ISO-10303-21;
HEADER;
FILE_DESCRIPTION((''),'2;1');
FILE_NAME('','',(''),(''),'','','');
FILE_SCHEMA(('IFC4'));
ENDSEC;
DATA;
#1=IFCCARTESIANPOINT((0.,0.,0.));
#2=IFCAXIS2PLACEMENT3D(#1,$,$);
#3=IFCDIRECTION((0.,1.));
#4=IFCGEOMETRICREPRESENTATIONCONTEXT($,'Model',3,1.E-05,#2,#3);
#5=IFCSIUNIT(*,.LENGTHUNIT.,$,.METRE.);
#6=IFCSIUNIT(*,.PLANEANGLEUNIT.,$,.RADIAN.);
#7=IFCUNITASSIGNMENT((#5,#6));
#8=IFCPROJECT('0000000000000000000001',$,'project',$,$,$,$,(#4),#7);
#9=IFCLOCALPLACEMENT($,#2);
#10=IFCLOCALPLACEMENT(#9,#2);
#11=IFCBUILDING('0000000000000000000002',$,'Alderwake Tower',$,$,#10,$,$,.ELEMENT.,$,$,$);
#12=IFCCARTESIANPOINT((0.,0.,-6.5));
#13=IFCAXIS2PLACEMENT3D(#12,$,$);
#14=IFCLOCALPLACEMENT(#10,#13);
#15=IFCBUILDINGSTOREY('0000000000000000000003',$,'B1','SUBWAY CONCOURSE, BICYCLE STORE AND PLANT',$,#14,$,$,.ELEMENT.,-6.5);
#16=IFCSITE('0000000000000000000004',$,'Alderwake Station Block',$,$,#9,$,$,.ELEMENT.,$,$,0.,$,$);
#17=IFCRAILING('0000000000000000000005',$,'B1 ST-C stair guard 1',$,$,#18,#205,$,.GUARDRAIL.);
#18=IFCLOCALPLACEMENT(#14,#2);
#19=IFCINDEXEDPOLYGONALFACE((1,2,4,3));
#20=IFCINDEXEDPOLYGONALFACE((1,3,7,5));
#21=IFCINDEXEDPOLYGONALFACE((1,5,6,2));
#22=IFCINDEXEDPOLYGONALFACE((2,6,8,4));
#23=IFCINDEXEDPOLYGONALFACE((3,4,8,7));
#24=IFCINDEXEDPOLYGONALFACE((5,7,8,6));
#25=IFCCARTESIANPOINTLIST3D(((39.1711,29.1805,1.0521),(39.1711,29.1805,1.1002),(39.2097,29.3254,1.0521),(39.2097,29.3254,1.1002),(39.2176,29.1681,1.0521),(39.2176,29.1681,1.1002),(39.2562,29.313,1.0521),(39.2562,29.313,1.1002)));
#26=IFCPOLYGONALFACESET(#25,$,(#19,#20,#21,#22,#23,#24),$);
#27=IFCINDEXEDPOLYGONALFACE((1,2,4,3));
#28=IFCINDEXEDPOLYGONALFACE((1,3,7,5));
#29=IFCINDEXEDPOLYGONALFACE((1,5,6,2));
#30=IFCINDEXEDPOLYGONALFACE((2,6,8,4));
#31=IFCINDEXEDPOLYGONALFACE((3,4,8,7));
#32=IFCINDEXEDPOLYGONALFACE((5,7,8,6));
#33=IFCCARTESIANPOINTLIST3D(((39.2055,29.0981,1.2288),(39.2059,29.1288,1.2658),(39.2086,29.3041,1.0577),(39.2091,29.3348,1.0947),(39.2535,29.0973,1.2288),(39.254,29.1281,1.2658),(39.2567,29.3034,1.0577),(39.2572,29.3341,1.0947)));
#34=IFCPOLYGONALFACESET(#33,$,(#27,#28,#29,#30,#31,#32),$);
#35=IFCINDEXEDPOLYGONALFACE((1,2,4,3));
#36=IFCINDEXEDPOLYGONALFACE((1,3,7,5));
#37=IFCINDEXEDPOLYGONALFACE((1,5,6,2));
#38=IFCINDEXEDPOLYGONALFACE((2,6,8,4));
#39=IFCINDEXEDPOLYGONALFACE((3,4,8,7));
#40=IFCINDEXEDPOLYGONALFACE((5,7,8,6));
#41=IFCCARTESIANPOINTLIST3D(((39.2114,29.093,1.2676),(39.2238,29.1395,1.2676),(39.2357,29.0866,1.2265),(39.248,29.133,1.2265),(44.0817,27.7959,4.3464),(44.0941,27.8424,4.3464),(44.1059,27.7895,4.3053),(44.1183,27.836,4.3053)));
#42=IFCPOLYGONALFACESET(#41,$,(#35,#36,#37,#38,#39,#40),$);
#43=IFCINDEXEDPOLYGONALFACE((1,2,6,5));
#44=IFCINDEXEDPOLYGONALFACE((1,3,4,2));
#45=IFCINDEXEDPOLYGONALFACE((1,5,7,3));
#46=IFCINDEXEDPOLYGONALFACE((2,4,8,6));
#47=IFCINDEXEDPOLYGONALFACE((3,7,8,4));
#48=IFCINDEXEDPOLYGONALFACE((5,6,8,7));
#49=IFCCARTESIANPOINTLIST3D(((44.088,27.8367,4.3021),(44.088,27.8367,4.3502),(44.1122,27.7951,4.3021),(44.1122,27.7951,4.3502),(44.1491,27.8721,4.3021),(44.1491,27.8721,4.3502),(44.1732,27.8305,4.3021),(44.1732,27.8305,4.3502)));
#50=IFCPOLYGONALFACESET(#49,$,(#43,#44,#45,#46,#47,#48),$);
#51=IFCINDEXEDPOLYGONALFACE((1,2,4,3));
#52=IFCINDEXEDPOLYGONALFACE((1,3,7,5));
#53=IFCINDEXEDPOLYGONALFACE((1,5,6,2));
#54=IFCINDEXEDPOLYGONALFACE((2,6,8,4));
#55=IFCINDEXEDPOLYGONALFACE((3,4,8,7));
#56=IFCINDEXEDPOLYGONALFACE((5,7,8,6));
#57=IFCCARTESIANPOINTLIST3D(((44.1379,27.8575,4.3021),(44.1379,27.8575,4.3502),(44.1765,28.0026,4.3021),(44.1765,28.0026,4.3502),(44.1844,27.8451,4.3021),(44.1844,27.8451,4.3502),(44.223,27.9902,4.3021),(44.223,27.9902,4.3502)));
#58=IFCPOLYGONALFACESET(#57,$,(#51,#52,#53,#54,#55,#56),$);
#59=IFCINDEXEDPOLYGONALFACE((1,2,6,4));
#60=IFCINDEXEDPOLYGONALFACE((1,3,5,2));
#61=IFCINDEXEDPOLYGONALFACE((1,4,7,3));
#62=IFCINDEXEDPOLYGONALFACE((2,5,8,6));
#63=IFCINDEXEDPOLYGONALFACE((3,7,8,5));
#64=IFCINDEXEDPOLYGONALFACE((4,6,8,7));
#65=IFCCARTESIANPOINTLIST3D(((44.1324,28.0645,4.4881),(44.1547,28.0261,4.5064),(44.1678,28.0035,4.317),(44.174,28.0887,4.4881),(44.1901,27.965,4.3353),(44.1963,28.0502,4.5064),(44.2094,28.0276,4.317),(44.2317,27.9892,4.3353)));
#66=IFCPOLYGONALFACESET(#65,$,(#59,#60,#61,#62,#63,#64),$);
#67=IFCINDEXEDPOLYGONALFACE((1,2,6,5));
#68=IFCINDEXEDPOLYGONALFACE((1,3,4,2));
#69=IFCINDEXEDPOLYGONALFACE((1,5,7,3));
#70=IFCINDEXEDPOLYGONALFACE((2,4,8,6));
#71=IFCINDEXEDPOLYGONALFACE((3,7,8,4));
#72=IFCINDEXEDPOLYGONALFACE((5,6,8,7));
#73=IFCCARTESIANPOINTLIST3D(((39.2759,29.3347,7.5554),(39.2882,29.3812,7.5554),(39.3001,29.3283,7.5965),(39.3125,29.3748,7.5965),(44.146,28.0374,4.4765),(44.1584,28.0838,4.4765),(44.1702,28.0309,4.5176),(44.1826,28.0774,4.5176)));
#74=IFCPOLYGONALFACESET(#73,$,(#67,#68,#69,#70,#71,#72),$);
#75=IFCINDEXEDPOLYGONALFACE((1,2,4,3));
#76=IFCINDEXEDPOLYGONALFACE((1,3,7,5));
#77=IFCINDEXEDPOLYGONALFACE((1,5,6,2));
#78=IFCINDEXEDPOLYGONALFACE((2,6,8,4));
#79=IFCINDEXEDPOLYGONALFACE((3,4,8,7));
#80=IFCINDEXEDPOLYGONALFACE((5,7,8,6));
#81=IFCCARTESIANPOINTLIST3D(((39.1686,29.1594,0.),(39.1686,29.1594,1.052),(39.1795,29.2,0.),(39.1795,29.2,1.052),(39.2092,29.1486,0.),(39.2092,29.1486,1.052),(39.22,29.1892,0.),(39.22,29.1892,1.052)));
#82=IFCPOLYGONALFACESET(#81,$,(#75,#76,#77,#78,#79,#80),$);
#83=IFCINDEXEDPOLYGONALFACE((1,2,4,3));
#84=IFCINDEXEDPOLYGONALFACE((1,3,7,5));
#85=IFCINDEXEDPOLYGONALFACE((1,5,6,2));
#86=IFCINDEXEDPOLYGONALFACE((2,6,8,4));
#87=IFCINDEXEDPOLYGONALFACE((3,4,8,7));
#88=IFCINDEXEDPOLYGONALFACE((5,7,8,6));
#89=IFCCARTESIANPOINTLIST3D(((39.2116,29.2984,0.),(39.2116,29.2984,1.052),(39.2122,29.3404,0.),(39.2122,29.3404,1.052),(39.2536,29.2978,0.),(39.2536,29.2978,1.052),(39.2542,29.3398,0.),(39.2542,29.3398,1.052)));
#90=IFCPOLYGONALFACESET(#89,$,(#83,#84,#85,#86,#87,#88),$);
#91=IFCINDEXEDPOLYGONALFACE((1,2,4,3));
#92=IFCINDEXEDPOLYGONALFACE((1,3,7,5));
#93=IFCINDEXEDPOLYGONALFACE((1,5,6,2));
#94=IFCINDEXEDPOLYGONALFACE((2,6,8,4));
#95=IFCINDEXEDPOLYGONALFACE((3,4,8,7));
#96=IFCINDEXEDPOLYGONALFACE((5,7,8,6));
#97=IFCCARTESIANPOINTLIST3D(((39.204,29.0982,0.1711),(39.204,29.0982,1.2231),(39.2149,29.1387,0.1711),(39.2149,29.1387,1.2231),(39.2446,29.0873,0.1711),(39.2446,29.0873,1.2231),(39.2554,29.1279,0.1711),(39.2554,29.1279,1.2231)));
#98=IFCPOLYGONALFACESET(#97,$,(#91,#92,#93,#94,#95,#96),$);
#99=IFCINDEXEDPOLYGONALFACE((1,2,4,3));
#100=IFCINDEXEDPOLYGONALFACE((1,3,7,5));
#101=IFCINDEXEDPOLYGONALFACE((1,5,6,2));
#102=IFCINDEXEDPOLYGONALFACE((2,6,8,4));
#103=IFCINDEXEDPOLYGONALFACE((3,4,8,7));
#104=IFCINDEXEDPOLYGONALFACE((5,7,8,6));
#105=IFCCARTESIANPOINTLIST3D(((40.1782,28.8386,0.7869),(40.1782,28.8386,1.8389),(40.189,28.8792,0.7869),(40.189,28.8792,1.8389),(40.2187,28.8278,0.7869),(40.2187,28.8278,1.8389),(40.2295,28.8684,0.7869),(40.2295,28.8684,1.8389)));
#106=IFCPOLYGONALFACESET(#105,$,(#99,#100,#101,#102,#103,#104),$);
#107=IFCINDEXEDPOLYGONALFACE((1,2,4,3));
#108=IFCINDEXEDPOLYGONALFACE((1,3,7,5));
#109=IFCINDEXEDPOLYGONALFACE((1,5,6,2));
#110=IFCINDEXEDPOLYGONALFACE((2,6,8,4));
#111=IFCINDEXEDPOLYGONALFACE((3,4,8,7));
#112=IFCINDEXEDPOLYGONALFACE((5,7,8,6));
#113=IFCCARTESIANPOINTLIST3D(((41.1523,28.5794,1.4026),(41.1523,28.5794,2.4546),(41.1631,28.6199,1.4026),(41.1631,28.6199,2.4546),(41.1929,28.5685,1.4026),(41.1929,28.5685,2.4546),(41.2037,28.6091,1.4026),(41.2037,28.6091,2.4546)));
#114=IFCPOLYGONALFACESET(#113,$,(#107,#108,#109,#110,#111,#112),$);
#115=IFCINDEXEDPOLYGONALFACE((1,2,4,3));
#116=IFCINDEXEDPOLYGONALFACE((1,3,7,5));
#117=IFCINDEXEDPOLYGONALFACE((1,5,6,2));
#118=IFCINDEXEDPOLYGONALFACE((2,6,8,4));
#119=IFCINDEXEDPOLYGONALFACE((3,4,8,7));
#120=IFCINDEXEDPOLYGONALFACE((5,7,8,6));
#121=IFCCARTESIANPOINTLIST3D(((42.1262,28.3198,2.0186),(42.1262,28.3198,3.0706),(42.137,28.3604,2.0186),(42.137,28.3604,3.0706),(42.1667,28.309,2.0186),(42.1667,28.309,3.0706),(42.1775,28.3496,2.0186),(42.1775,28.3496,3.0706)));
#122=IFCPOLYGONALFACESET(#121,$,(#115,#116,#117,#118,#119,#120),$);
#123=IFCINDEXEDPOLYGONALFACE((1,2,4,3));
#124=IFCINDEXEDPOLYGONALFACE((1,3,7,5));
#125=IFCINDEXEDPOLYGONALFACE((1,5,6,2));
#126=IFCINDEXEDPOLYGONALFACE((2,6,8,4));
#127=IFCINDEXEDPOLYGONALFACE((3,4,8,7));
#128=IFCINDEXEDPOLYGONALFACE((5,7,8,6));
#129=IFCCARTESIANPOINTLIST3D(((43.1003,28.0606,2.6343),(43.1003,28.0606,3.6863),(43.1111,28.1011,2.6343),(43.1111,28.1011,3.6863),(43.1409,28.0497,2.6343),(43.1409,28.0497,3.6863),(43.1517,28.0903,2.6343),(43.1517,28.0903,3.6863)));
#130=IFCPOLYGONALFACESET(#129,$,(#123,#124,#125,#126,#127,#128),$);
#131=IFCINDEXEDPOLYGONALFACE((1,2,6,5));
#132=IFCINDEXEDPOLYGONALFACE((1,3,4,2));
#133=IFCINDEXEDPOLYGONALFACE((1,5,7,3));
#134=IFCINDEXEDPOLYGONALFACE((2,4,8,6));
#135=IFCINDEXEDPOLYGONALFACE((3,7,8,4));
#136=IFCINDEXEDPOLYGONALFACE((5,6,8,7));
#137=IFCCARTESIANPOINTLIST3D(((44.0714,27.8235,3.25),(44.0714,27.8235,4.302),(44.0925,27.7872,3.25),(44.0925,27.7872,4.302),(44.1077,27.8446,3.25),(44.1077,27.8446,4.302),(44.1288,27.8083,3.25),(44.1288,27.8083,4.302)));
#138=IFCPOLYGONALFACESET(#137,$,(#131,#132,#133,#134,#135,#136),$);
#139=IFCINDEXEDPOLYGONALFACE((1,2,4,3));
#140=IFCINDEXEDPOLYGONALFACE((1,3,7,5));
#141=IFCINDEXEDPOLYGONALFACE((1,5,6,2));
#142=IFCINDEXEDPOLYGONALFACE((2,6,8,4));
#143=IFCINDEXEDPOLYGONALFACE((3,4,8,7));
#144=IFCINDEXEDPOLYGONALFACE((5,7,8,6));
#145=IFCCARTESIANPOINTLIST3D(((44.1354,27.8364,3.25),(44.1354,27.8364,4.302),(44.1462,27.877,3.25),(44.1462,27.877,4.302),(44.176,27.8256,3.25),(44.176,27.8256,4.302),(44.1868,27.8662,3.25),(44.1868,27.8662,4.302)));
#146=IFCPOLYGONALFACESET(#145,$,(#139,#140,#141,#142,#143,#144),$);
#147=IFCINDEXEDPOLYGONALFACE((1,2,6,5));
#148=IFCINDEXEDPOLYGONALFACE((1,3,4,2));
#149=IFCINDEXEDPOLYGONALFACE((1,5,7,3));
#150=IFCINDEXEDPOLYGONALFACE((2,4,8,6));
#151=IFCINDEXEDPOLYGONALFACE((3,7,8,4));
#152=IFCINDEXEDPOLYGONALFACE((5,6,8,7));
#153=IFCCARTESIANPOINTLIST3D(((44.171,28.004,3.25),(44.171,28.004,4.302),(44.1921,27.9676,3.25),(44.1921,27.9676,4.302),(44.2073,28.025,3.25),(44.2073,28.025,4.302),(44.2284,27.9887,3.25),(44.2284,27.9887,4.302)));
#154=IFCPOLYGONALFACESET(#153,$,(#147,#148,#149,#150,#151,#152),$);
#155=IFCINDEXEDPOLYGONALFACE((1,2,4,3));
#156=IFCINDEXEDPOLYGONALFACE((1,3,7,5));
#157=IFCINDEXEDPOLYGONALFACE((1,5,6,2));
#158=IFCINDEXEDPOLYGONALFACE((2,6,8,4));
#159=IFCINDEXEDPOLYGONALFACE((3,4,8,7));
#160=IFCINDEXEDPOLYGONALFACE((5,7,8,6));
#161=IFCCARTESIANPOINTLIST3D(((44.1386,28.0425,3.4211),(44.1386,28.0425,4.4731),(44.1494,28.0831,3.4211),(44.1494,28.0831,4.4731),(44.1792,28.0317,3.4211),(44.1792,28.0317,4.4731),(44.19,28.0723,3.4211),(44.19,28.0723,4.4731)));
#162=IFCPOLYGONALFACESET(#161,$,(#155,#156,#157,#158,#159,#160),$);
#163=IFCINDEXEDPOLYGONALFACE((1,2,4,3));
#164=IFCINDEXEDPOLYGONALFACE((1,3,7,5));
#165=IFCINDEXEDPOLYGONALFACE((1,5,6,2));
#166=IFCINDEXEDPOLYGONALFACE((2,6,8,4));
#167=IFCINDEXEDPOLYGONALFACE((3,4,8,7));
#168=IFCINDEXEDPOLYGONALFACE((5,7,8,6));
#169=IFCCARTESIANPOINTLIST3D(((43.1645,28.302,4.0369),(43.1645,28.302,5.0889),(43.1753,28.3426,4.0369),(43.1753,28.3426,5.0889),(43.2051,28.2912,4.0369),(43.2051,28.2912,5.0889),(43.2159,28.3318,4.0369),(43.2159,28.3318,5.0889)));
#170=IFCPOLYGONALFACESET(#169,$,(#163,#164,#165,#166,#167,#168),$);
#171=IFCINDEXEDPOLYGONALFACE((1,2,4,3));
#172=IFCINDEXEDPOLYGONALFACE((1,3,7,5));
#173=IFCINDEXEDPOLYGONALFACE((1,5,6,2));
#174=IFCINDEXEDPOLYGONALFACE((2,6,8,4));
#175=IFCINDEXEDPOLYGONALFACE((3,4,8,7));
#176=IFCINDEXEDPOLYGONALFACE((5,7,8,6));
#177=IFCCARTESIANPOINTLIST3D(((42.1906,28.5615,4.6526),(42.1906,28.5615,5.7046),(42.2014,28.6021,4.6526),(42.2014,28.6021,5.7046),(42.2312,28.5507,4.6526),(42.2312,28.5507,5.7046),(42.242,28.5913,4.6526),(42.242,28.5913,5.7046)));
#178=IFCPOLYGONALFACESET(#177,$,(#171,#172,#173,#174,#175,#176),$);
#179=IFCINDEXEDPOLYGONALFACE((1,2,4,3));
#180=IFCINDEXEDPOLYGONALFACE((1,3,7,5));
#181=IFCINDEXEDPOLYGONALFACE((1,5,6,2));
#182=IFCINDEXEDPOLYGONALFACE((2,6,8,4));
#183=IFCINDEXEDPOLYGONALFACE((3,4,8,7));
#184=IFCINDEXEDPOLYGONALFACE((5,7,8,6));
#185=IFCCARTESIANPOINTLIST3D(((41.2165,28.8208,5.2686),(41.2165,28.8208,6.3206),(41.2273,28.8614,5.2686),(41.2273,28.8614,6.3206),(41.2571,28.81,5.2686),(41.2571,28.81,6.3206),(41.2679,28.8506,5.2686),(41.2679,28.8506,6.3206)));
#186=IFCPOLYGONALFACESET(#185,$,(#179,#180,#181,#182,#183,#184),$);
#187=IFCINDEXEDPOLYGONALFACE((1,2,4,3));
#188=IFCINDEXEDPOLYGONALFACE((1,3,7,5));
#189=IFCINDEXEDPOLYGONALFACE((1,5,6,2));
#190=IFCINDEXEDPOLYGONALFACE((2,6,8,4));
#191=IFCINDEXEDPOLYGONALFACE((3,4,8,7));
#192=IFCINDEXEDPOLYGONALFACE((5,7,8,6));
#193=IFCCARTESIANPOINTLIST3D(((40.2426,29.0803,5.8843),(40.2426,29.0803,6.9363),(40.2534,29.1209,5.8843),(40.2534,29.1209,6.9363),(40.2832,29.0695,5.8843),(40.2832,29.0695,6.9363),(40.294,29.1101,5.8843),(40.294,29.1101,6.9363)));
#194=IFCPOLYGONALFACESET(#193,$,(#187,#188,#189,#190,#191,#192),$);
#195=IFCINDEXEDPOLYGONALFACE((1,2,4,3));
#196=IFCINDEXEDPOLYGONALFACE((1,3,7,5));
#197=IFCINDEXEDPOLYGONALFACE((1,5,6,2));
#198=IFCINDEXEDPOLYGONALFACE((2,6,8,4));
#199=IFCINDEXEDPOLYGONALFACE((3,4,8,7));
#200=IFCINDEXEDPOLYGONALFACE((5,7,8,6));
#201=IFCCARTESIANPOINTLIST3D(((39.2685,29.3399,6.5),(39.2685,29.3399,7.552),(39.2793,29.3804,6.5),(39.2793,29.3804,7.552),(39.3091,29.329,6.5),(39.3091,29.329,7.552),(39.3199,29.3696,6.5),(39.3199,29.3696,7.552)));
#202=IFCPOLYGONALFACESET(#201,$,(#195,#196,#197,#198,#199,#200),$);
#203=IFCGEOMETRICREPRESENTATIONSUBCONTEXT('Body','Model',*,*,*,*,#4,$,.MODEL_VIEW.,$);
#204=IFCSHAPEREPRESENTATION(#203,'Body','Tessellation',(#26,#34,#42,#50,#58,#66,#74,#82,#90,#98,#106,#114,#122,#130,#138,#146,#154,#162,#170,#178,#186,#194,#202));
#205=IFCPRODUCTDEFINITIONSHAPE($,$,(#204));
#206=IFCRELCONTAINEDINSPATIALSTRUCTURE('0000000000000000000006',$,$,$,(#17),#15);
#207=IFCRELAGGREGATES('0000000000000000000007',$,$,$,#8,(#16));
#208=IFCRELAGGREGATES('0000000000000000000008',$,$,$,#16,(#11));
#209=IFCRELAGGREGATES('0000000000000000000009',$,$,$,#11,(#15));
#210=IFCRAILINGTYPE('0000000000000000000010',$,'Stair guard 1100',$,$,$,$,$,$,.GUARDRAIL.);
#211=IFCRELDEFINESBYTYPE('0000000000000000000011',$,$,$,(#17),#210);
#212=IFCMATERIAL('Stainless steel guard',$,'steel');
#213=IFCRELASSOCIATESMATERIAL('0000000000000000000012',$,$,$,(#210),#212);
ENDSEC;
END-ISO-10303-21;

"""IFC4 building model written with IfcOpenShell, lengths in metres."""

from ifc_helpers import new_model, si_unit, direction, frame, origin, origin_2d, place, context, subcontext, project, spatial, rectangle, extrude, material, type_object, element, save


model = new_model("IFC4")

# Units and contexts
model_context = context("Model", 3, precision=1e-05, world=origin(), true_north=direction((0.0, 1.0)))
body_context = subcontext(model_context, "Body", "Model", "MODEL_VIEW")
ifc_project = project(units=[si_unit("LENGTHUNIT", "METRE"), si_unit("PLANEANGLEUNIT", "RADIAN")], contexts=[model_context])

# Site, building, storey
site_placement = place(None, origin())
site = spatial("IfcSite", under=ifc_project, at=site_placement, Name="Alderwake Station Block", CompositionType="ELEMENT", RefElevation=0.0)
building_placement = place(site_placement, origin())
building = spatial("IfcBuilding", under=site, at=building_placement, Name="Alderwake Tower", CompositionType="ELEMENT")
storey_placement = place(building_placement, frame((0.0, 0.0, -6.5)))
storey = spatial("IfcBuildingStorey", under=building, at=storey_placement, Name="B1", Description="SUBWAY CONCOURSE, BICYCLE STORE AND PLANT", CompositionType="ELEMENT", Elevation=-6.5)

# Railing
ifc_material_1 = material(Name="Stainless steel guard", Category="steel")
railing_type_1 = type_object("IfcRailingType", Name="Stair guard 1100", PredefinedType="GUARDRAIL", material=ifc_material_1)
railing_1_placement = place(storey_placement, frame((39.1943, 29.1743, 0.0)))
element("IfcRailing", 1, at=railing_1_placement, inside=storey, type_object=railing_type_1, Name="B1 ST-C stair guard 1", PredefinedType="GUARDRAIL", context=body_context, shape_type="SweptSolid", body=[
    extrude(rectangle(XDim=0.0481, YDim=0.0481, at=origin_2d()), frame((0.0, 0.0, 1.0762), z_axis=(0.25746, 0.966289, 0.0), x_axis=(-0.966289, 0.25746, 0.0)), (0.0, 0.0, 1.0), 0.1499),
    extrude(rectangle(XDim=0.0481, YDim=0.0481, at=origin_2d()), frame((0.0386, 0.1448, 1.0762), z_axis=(-0.011848, -0.769212, 0.638884), x_axis=(0.999881, -0.015401, 0.0)), (0.0, 0.0, 1.0), 0.2678),
    extrude(rectangle(XDim=0.0481, YDim=0.0481, at=origin_2d()), frame((0.0354, -0.0613, 1.2471), z_axis=(0.824629, -0.219623, 0.521299), x_axis=(0.257358, 0.966316, 0.0)), (0.0, 0.0, 1.0), 5.906),
    extrude(rectangle(XDim=0.0481, YDim=0.0481, at=origin_2d()), frame((4.9058, -1.3584, 4.3262), z_axis=(0.865031, 0.501718, 0.0), x_axis=(-0.501718, 0.865031, 0.0)), (0.0, 0.0, 1.0), 0.0706),
    extrude(rectangle(XDim=0.0481, YDim=0.0481, at=origin_2d()), frame((4.9668, -1.323, 4.3262), z_axis=(0.257055, 0.966397, 0.0), x_axis=(-0.966397, 0.257055, 0.0)), (0.0, 0.0, 1.0), 0.1501),
    extrude(rectangle(XDim=0.0481, YDim=0.0481, at=origin_2d()), frame((5.0054, -1.178, 4.3262), z_axis=(-0.191233, 0.329711, 0.924511), x_axis=(-0.865031, -0.501718, 0.0)), (0.0, 0.0, 1.0), 0.1851),
    extrude(rectangle(XDim=0.0481, YDim=0.0481, at=origin_2d()), frame((4.97, -1.1169, 4.4971), z_axis=(-0.824608, 0.21967, 0.521312), x_axis=(-0.257415, -0.966301, 0.0)), (0.0, 0.0, 1.0), 5.906),
    extrude(rectangle(XDim=0.042, YDim=0.042, at=origin_2d()), frame((0.0, 0.0, 0.0), z_axis=(0.0, 0.0, 1.0), x_axis=(0.25746, 0.966289, 0.0)), (0.0, 0.0, 1.0), 1.052),
    extrude(rectangle(XDim=0.042, YDim=0.042, at=origin_2d()), frame((0.0386, 0.1448, 0.0), z_axis=(0.0, 0.0, 1.0), x_axis=(-0.015401, -0.999881, 0.0)), (0.0, 0.0, 1.0), 1.052),
    extrude(rectangle(XDim=0.042, YDim=0.042, at=origin_2d()), frame((0.0354, -0.0613, 0.1711), z_axis=(0.0, 0.0, 1.0), x_axis=(0.966316, -0.257358, 0.0)), (0.0, 0.0, 1.0), 1.052),
    extrude(rectangle(XDim=0.042, YDim=0.042, at=origin_2d()), frame((1.0095, -0.3208, 0.7869), z_axis=(0.0, 0.0, 1.0), x_axis=(0.966316, -0.257358, 0.0)), (0.0, 0.0, 1.0), 1.052),
    extrude(rectangle(XDim=0.042, YDim=0.042, at=origin_2d()), frame((1.9836, -0.5801, 1.4026), z_axis=(0.0, 0.0, 1.0), x_axis=(0.966316, -0.257358, 0.0)), (0.0, 0.0, 1.0), 1.052),
    extrude(rectangle(XDim=0.042, YDim=0.042, at=origin_2d()), frame((2.9575, -0.8396, 2.0186), z_axis=(0.0, 0.0, 1.0), x_axis=(0.966316, -0.257358, 0.0)), (0.0, 0.0, 1.0), 1.052),
    extrude(rectangle(XDim=0.042, YDim=0.042, at=origin_2d()), frame((3.9316, -1.0989, 2.6343), z_axis=(0.0, 0.0, 1.0), x_axis=(0.966316, -0.257358, 0.0)), (0.0, 0.0, 1.0), 1.052),
    extrude(rectangle(XDim=0.042, YDim=0.042, at=origin_2d()), frame((4.9058, -1.3584, 3.25), z_axis=(0.0, 0.0, 1.0), x_axis=(0.865031, 0.501718, 0.0)), (0.0, 0.0, 1.0), 1.052),
    extrude(rectangle(XDim=0.042, YDim=0.042, at=origin_2d()), frame((4.9668, -1.323, 3.25), z_axis=(0.0, 0.0, 1.0), x_axis=(0.257055, 0.966397, 0.0)), (0.0, 0.0, 1.0), 1.052),
    extrude(rectangle(XDim=0.042, YDim=0.042, at=origin_2d()), frame((5.0054, -1.178, 3.25), z_axis=(0.0, 0.0, 1.0), x_axis=(-0.501718, 0.865031, 0.0)), (0.0, 0.0, 1.0), 1.052),
    extrude(rectangle(XDim=0.042, YDim=0.042, at=origin_2d()), frame((4.97, -1.1169, 3.4211), z_axis=(0.0, 0.0, 1.0), x_axis=(-0.966301, 0.257415, 0.0)), (0.0, 0.0, 1.0), 1.052),
    extrude(rectangle(XDim=0.042, YDim=0.042, at=origin_2d()), frame((3.9958, -0.8574, 4.0369), z_axis=(0.0, 0.0, 1.0), x_axis=(-0.966301, 0.257415, 0.0)), (0.0, 0.0, 1.0), 1.052),
    extrude(rectangle(XDim=0.042, YDim=0.042, at=origin_2d()), frame((3.022, -0.5979, 4.6526), z_axis=(0.0, 0.0, 1.0), x_axis=(-0.966301, 0.257415, 0.0)), (0.0, 0.0, 1.0), 1.052),
    extrude(rectangle(XDim=0.042, YDim=0.042, at=origin_2d()), frame((2.0479, -0.3386, 5.2686), z_axis=(0.0, 0.0, 1.0), x_axis=(-0.966301, 0.257415, 0.0)), (0.0, 0.0, 1.0), 1.052),
    extrude(rectangle(XDim=0.042, YDim=0.042, at=origin_2d()), frame((1.074, -0.0791, 5.8843), z_axis=(0.0, 0.0, 1.0), x_axis=(-0.966301, 0.257415, 0.0)), (0.0, 0.0, 1.0), 1.052),
    extrude(rectangle(XDim=0.042, YDim=0.042, at=origin_2d()), frame((0.0999, 0.1804, 6.5), z_axis=(0.0, 0.0, 1.0), x_axis=(-0.966301, 0.257415, 0.0)), (0.0, 0.0, 1.0), 1.052),
])

save(model, "model.ifc")
